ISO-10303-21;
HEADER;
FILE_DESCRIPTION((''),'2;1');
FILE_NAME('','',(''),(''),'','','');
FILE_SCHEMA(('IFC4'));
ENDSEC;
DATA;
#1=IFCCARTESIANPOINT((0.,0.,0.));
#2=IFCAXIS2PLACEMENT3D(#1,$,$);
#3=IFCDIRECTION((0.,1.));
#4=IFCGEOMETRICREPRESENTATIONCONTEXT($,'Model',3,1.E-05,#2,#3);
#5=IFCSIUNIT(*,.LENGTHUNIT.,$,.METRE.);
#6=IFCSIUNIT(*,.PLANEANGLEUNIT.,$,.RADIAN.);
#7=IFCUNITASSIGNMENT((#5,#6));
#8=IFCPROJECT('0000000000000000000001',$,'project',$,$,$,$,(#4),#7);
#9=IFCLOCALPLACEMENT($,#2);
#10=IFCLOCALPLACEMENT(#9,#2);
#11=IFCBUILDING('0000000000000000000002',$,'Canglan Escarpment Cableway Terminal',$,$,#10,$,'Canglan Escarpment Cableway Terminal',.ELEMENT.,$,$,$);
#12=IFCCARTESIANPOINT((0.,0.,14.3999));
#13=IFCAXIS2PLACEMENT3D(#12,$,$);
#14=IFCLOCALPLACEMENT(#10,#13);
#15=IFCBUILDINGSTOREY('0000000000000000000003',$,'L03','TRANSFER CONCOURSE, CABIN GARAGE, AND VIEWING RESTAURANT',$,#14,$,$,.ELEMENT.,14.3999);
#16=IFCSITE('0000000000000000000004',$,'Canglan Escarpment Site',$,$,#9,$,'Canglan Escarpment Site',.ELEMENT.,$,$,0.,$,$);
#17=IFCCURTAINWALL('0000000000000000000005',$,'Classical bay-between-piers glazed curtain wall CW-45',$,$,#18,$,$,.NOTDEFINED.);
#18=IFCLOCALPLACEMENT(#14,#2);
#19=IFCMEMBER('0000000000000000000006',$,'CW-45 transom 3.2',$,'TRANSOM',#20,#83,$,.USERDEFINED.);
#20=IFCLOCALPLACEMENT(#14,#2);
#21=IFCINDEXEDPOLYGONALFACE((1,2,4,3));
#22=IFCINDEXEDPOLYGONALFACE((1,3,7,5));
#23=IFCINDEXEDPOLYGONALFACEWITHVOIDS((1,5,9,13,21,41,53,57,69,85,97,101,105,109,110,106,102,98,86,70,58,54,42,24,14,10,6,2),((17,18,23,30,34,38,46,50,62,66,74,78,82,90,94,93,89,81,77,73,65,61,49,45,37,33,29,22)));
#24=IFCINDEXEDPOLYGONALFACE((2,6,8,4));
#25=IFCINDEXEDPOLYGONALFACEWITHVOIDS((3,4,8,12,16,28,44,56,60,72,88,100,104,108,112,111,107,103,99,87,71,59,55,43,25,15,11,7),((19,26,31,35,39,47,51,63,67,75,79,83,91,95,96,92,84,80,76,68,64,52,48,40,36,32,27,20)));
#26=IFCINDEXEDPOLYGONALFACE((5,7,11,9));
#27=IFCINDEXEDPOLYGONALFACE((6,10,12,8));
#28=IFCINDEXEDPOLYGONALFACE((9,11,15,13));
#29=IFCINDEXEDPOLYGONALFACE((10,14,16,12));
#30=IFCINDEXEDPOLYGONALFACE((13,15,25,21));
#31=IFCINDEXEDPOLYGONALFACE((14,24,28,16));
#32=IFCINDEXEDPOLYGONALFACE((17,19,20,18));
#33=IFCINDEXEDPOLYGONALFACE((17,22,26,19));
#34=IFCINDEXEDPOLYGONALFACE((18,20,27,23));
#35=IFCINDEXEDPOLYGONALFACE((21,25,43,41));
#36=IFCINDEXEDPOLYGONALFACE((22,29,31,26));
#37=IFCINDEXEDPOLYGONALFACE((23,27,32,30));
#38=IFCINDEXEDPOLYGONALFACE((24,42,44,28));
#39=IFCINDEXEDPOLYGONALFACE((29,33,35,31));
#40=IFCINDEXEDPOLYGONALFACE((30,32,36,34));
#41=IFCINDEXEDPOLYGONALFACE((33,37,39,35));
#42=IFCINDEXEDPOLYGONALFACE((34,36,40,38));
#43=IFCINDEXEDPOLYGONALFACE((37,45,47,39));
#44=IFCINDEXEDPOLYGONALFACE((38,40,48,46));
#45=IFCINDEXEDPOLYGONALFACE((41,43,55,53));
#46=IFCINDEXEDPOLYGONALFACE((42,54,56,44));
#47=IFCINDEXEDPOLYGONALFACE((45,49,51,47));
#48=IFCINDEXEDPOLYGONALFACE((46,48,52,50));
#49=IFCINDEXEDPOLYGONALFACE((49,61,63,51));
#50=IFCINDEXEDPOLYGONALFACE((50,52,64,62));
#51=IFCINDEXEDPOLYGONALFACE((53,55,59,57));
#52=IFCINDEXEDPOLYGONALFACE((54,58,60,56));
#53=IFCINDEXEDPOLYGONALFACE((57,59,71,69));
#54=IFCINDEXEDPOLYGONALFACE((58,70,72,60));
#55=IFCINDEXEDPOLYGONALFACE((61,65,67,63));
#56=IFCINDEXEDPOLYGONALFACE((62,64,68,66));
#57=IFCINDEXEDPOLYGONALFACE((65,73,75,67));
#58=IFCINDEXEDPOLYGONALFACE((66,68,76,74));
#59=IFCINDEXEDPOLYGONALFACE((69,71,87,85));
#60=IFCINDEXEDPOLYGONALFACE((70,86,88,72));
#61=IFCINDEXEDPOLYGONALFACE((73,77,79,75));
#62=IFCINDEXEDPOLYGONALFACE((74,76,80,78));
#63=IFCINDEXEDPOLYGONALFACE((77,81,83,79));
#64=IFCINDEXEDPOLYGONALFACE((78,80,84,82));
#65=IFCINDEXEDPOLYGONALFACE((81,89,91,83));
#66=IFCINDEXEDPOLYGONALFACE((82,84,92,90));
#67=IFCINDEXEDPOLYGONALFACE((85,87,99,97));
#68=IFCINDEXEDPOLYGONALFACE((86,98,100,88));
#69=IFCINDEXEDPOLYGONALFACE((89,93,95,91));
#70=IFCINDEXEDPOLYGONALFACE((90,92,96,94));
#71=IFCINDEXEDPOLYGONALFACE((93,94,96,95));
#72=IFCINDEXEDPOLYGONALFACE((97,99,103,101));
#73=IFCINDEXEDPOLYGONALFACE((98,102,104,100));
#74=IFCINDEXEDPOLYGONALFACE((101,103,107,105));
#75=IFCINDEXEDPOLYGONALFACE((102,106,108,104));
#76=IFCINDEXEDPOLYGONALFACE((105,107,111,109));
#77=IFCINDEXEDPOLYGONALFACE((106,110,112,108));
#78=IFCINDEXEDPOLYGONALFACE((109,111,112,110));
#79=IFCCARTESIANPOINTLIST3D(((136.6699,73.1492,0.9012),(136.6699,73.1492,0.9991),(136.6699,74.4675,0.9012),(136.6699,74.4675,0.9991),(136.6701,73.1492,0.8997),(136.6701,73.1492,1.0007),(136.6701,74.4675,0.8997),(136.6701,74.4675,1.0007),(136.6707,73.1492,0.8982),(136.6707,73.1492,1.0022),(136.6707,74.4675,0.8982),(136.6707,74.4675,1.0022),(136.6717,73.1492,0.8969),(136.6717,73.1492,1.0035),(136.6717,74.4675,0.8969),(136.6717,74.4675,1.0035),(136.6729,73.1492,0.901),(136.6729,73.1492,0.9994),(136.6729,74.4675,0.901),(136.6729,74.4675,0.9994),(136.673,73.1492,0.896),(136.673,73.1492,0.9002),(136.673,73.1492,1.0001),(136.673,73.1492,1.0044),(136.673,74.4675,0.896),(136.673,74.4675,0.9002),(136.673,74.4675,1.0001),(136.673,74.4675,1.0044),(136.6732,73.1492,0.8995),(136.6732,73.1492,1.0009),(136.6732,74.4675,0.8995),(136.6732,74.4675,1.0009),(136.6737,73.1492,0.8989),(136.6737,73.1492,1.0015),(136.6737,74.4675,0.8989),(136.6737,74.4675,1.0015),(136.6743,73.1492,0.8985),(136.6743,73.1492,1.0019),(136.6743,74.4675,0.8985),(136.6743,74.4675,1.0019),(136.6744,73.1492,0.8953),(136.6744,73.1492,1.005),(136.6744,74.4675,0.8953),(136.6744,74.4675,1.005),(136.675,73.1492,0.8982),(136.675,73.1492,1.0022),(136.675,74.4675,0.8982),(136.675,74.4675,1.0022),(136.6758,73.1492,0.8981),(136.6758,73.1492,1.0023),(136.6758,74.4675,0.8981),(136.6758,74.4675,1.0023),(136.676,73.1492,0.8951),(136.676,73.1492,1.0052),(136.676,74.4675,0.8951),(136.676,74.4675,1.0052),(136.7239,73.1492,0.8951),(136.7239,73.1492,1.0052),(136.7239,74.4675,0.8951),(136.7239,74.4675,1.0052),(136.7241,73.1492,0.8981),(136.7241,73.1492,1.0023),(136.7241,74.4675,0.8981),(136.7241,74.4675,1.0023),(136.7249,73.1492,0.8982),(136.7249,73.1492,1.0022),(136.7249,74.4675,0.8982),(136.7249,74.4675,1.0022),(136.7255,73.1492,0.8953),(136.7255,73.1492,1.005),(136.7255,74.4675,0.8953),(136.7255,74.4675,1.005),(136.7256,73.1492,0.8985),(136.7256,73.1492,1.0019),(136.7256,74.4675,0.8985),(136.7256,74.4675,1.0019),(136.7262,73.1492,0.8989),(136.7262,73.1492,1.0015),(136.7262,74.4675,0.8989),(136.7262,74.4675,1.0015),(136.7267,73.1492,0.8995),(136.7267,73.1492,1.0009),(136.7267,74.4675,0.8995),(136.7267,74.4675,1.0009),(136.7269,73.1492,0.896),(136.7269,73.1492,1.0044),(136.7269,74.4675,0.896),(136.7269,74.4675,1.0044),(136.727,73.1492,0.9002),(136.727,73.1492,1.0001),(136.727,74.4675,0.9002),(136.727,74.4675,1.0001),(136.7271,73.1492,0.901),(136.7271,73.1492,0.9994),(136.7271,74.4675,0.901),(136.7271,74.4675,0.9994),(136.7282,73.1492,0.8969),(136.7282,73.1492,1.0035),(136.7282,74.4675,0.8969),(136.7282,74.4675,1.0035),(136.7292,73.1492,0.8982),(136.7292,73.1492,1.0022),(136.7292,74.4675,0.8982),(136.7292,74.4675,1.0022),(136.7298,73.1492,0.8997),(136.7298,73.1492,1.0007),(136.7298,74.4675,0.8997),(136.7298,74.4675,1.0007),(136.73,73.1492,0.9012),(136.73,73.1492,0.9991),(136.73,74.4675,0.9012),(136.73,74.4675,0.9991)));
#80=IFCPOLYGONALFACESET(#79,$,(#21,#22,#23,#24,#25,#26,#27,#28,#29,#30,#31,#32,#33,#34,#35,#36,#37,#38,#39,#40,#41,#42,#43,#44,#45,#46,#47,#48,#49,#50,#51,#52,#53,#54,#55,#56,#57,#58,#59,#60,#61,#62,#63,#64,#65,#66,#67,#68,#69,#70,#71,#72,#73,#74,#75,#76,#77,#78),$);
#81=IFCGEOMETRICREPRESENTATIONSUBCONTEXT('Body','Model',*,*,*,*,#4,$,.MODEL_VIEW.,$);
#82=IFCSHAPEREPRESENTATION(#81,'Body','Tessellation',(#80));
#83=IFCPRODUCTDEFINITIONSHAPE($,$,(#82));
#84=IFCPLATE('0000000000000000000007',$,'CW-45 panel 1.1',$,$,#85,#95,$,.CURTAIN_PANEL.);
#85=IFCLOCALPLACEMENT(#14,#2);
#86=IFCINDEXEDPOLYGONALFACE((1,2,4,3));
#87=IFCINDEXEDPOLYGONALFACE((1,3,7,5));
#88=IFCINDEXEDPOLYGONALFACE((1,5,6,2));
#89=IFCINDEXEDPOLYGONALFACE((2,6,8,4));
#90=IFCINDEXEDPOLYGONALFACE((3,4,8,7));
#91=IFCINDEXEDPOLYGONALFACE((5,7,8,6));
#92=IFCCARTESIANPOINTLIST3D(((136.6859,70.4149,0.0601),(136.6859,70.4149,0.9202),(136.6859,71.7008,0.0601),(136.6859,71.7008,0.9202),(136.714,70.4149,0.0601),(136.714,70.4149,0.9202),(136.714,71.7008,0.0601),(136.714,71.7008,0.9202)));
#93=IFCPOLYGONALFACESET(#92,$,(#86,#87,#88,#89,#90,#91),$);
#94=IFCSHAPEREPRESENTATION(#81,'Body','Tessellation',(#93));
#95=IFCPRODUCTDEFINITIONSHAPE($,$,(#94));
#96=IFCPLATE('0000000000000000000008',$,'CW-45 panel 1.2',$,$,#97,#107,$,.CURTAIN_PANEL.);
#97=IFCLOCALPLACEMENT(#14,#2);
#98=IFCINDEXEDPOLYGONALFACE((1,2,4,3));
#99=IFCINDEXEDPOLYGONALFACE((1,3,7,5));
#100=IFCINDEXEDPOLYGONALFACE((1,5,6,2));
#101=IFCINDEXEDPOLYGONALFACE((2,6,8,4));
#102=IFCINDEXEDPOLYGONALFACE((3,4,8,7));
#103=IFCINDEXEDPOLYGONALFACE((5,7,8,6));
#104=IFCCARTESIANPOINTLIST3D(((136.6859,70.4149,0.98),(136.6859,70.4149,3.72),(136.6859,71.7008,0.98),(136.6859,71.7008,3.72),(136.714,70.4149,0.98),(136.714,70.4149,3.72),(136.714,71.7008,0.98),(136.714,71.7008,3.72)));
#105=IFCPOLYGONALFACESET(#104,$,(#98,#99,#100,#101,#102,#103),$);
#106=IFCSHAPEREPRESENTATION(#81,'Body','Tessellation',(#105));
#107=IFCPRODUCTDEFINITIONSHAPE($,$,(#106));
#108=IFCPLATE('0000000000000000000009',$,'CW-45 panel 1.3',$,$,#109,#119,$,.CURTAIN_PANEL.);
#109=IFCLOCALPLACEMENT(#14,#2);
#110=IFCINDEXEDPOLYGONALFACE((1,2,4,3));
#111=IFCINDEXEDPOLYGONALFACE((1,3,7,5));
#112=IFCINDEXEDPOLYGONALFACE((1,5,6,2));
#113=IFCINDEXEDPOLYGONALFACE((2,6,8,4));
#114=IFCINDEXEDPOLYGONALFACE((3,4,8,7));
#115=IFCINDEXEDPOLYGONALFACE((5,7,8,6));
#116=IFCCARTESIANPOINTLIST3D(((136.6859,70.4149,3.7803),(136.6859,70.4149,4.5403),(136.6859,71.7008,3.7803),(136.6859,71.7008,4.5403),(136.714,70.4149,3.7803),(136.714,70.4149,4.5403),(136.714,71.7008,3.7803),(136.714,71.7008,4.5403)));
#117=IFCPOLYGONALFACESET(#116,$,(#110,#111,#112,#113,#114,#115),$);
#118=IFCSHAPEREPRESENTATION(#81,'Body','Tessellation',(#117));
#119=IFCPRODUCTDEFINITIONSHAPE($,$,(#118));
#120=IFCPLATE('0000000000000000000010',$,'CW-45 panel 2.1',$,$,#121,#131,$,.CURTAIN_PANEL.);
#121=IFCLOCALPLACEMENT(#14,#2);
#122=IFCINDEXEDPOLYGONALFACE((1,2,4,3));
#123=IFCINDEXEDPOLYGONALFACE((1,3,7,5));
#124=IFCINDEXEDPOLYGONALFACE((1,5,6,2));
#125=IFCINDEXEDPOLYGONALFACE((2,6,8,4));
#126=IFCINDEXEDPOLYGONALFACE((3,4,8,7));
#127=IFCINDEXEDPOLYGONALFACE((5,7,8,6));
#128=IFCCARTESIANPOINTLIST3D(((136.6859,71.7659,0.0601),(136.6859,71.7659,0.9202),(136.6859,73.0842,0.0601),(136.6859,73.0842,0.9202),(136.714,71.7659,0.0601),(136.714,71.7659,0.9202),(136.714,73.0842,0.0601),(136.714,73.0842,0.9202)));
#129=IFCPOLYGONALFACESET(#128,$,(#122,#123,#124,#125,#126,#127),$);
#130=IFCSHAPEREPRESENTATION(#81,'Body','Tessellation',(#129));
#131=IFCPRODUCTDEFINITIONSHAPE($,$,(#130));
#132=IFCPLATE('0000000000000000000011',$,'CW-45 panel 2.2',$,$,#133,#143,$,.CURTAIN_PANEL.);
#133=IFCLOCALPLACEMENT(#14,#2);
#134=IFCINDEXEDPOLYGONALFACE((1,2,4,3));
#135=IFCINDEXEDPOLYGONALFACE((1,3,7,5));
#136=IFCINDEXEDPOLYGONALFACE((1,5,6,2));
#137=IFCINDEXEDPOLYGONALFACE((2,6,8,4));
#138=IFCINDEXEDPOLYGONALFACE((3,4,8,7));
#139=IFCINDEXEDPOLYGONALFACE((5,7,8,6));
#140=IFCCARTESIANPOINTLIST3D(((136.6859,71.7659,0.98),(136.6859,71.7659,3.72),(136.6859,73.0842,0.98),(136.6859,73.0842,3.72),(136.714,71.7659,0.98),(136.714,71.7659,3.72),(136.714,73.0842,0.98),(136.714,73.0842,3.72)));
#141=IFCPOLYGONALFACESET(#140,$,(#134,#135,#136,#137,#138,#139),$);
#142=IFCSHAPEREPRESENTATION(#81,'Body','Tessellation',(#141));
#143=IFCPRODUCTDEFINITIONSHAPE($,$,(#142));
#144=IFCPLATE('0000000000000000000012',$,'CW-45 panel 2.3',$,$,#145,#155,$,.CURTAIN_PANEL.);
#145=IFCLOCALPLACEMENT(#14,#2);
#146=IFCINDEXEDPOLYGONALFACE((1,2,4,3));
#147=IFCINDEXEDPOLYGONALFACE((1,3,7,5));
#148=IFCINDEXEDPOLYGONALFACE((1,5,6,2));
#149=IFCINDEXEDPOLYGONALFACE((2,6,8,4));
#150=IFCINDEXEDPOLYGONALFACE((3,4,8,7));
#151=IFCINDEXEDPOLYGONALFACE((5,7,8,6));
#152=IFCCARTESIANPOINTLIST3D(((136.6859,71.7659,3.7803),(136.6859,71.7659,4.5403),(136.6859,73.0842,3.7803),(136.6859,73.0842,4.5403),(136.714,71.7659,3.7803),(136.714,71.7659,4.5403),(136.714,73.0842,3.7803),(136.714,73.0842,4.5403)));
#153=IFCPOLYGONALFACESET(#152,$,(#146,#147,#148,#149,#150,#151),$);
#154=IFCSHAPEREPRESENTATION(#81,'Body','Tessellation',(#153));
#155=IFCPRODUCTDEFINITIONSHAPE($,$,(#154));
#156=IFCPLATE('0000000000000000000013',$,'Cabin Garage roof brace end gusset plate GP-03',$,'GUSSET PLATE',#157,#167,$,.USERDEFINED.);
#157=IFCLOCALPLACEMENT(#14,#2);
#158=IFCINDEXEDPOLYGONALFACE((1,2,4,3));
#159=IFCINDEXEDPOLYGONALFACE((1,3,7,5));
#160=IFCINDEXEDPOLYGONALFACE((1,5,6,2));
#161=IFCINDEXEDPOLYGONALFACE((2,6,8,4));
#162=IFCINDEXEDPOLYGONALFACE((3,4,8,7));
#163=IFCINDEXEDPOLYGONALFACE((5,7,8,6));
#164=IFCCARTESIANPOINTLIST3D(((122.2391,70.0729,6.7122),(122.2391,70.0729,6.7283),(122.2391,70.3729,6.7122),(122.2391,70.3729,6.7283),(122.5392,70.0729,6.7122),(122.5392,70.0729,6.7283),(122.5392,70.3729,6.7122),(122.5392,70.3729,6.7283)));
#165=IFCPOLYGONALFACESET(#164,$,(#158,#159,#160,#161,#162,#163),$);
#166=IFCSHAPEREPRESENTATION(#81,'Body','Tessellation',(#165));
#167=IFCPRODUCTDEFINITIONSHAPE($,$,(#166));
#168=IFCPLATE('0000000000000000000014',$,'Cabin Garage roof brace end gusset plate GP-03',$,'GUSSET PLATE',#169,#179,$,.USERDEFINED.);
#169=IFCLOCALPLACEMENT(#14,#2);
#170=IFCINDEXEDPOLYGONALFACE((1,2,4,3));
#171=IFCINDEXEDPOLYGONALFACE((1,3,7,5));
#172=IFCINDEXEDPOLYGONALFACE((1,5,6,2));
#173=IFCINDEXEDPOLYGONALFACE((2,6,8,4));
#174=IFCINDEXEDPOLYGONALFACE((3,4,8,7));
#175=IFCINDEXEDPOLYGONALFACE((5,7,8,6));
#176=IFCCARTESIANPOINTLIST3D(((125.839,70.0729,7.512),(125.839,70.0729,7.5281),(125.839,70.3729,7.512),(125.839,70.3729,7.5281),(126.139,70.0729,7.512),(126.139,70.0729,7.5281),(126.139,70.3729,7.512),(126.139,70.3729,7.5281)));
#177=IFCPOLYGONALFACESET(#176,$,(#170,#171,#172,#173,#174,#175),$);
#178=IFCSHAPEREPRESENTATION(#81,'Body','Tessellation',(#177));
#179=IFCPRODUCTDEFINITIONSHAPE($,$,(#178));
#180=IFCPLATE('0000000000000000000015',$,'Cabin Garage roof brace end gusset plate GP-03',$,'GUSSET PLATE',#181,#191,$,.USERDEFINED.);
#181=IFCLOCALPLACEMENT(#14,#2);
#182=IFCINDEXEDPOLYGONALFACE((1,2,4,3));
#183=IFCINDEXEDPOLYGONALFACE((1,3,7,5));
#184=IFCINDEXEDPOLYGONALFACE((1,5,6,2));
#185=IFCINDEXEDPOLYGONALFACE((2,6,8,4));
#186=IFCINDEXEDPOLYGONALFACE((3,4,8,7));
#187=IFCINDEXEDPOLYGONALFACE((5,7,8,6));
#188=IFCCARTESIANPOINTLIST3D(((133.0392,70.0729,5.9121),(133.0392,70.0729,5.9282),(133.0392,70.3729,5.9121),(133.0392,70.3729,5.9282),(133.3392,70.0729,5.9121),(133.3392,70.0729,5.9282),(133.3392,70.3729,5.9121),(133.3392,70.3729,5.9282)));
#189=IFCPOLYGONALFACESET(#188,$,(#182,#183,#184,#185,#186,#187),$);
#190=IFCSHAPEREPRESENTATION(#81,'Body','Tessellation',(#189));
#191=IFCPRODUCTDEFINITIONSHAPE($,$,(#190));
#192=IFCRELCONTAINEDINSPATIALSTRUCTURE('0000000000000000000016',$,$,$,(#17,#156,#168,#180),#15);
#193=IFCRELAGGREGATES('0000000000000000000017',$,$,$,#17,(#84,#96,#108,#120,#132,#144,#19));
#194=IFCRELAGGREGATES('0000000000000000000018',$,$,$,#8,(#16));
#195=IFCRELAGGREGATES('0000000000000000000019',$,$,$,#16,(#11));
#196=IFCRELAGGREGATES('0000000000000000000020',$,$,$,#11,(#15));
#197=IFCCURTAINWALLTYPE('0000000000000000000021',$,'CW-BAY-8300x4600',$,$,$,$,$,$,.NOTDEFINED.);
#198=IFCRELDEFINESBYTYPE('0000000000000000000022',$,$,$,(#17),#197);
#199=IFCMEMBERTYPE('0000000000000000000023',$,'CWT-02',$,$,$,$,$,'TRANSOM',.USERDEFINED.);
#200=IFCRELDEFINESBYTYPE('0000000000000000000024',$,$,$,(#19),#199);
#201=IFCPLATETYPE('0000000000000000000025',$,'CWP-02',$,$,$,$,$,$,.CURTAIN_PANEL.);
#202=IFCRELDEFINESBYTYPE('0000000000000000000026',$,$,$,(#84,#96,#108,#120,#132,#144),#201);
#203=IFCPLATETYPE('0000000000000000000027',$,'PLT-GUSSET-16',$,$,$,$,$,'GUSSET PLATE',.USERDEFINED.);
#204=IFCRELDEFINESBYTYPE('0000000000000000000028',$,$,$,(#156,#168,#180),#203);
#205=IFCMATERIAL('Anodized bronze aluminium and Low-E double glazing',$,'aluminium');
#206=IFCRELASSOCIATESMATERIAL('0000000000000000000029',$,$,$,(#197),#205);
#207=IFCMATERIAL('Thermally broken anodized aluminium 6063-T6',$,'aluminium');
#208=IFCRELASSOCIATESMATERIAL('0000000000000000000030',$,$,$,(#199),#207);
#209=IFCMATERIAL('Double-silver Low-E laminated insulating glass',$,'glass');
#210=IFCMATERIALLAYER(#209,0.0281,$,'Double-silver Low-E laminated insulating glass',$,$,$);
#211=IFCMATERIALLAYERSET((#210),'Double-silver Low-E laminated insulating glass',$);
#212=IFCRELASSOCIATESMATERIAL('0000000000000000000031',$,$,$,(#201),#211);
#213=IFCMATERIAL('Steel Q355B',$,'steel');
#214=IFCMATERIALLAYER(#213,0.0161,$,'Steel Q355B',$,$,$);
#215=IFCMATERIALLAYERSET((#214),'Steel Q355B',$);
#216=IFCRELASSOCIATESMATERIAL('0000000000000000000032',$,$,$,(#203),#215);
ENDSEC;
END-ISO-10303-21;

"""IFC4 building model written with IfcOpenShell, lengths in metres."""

from ifc_helpers import new_model, si_unit, direction, frame, origin, origin_2d, place, context, subcontext, project, spatial, rectangle, hollow_rectangle, extrude, material, layer, layer_set, material_profile, profile_set, type_object, element, aggregate, save


model = new_model("IFC4")

# Units and contexts
model_context = context("Model", 3, precision=1e-05, world=origin(), true_north=direction((0.0, 1.0)))
body_context = subcontext(model_context, "Body", "Model", "MODEL_VIEW")
ifc_project = project(units=[si_unit("LENGTHUNIT", "METRE"), si_unit("PLANEANGLEUNIT", "RADIAN")], contexts=[model_context])

# Site, building, storey
site_placement = place(None, origin())
site = spatial("IfcSite", under=ifc_project, at=site_placement, Name="Canglan Escarpment Site", LongName="Canglan Escarpment Site", CompositionType="ELEMENT", RefElevation=0.0)
building_placement = place(site_placement, origin())
building = spatial("IfcBuilding", under=site, at=building_placement, Name="Canglan Escarpment Cableway Terminal", LongName="Canglan Escarpment Cableway Terminal", CompositionType="ELEMENT")
storey_placement = place(building_placement, frame((0.0, 0.0, 14.3999)))
storey = spatial("IfcBuildingStorey", under=building, at=storey_placement, Name="L03", Description="TRANSFER CONCOURSE, CABIN GARAGE, AND VIEWING RESTAURANT", CompositionType="ELEMENT", Elevation=14.3999)

# Curtain wall, member, plates
ifc_material_1 = material(Name="Anodized bronze aluminium and Low-E double glazing", Category="aluminium")
curtain_wall_type = type_object("IfcCurtainWallType", Name="CW-BAY-8300x4600", PredefinedType="NOTDEFINED", material=ifc_material_1)
curtain_wall_placement = place(storey_placement, origin())
curtain_wall = element("IfcCurtainWall", 1, at=curtain_wall_placement, inside=storey, type_object=curtain_wall_type, Name="Classical bay-between-piers glazed curtain wall CW-45", PredefinedType="NOTDEFINED")
ifc_material_2 = material(Name="Thermally broken anodized aluminium 6063-T6", Category="aluminium")
ifc_material_profile_1 = material_profile(ifc_material_2, hollow_rectangle(XDim=0.0601, YDim=0.1101, WallThickness=0.0029, InnerFilletRadius=0.0029, OuterFilletRadius=0.0061, at=origin_2d()), Name="ALU-TRAN 60x110x3")
ifc_profile_set_1 = profile_set([ifc_material_profile_1], Name="Thermally broken anodized aluminium 6063-T6")
member_type_1 = type_object("IfcMemberType", Name="CWT-02", ElementType="TRANSOM", PredefinedType="USERDEFINED", material=ifc_profile_set_1)
member_1_placement = place(storey_placement, frame((136.7, 73.1492, 0.9502), z_axis=(0.0, 1.0, 0.0), x_axis=(-1.0, 0.0, 0.0)))
member_1 = element("IfcMember", 2, at=member_1_placement, type_object=member_type_1, Name="CW-45 transom 3.2", ObjectType="TRANSOM", PredefinedType="USERDEFINED", context=body_context, shape_type="SweptSolid", body=[
    extrude(hollow_rectangle(XDim=0.0601, YDim=0.1101, WallThickness=0.0029, InnerFilletRadius=0.0029, OuterFilletRadius=0.0061, at=origin_2d()), origin(), (0.0, 0.0, 1.0), 1.3184),
])
ifc_material_3 = material(Name="Double-silver Low-E laminated insulating glass", Category="glass")
ifc_layer_1 = layer(ifc_material_3, 0.0281, Name="Double-silver Low-E laminated insulating glass")
ifc_layer_set_1 = layer_set([ifc_layer_1], Name="Double-silver Low-E laminated insulating glass")
plate_type_1 = type_object("IfcPlateType", Name="CWP-02", PredefinedType="CURTAIN_PANEL", material=ifc_layer_set_1)
plate_1_placement = place(storey_placement, frame((136.7, 71.0579, 0.0601), z_axis=(0.0, 0.0, 1.0), x_axis=(0.0, 1.0, 0.0)))
plate_1 = element("IfcPlate", 3, at=plate_1_placement, type_object=plate_type_1, Name="CW-45 panel 1.1", PredefinedType="CURTAIN_PANEL", context=body_context, shape_type="SweptSolid", body=[
    extrude(rectangle(XDim=1.2859, YDim=0.0281, at=origin_2d()), origin(), (0.0, 0.0, 1.0), 0.8601),
])
plate_2_placement = place(storey_placement, frame((136.7, 71.0579, 0.98), z_axis=(0.0, 0.0, 1.0), x_axis=(0.0, 1.0, 0.0)))
plate_2 = element("IfcPlate", 4, at=plate_2_placement, type_object=plate_type_1, Name="CW-45 panel 1.2", PredefinedType="CURTAIN_PANEL", context=body_context, shape_type="SweptSolid", body=[
    extrude(rectangle(XDim=1.2859, YDim=0.0281, at=origin_2d()), origin(), (0.0, 0.0, 1.0), 2.74),
])
plate_3_placement = place(storey_placement, frame((136.7, 71.0579, 3.7803), z_axis=(0.0, 0.0, 1.0), x_axis=(0.0, 1.0, 0.0)))
plate_3 = element("IfcPlate", 5, at=plate_3_placement, type_object=plate_type_1, Name="CW-45 panel 1.3", PredefinedType="CURTAIN_PANEL", context=body_context, shape_type="SweptSolid", body=[
    extrude(rectangle(XDim=1.2859, YDim=0.0281, at=origin_2d()), origin(), (0.0, 0.0, 1.0), 0.76),
])
plate_4_placement = place(storey_placement, frame((136.7, 72.425, 0.0601), z_axis=(0.0, 0.0, 1.0), x_axis=(0.0, 1.0, 0.0)))
plate_4 = element("IfcPlate", 6, at=plate_4_placement, type_object=plate_type_1, Name="CW-45 panel 2.1", PredefinedType="CURTAIN_PANEL", context=body_context, shape_type="SweptSolid", body=[
    extrude(rectangle(XDim=1.3184, YDim=0.0281, at=origin_2d()), origin(), (0.0, 0.0, 1.0), 0.8601),
])
plate_5_placement = place(storey_placement, frame((136.7, 72.425, 0.98), z_axis=(0.0, 0.0, 1.0), x_axis=(0.0, 1.0, 0.0)))
plate_5 = element("IfcPlate", 7, at=plate_5_placement, type_object=plate_type_1, Name="CW-45 panel 2.2", PredefinedType="CURTAIN_PANEL", context=body_context, shape_type="SweptSolid", body=[
    extrude(rectangle(XDim=1.3184, YDim=0.0281, at=origin_2d()), origin(), (0.0, 0.0, 1.0), 2.74),
])
plate_6_placement = place(storey_placement, frame((136.7, 72.425, 3.7803), z_axis=(0.0, 0.0, 1.0), x_axis=(0.0, 1.0, 0.0)))
plate_6 = element("IfcPlate", 8, at=plate_6_placement, type_object=plate_type_1, Name="CW-45 panel 2.3", PredefinedType="CURTAIN_PANEL", context=body_context, shape_type="SweptSolid", body=[
    extrude(rectangle(XDim=1.3184, YDim=0.0281, at=origin_2d()), origin(), (0.0, 0.0, 1.0), 0.76),
])
aggregate(curtain_wall, [plate_1, plate_2, plate_3, plate_4, plate_5, plate_6, member_1])

# Plates
ifc_material_4 = material(Name="Steel Q355B", Category="steel")
ifc_layer_2 = layer(ifc_material_4, 0.0161, Name="Steel Q355B")
ifc_layer_set_2 = layer_set([ifc_layer_2], Name="Steel Q355B")
plate_type_2 = type_object("IfcPlateType", Name="PLT-GUSSET-16", ElementType="GUSSET PLATE", PredefinedType="USERDEFINED", material=ifc_layer_set_2)
for number, where, z_axis, x_axis, name in (
    (9, (122.3892, 70.2229, 6.7122), (0.0, 0.0, 1.0), (1.0, 0.0, 0.0), "Cabin Garage roof brace end gusset plate GP-03"),
    (10, (125.989, 70.2229, 7.512), (0.0, 0.0, 1.0), (1.0, 0.0, 0.0), "Cabin Garage roof brace end gusset plate GP-03"),
    (11, (133.1892, 70.2229, 5.9121), (0.0, 0.0, 1.0), (1.0, 0.0, 0.0), "Cabin Garage roof brace end gusset plate GP-03"),
):
    element("IfcPlate", number, at=place(storey_placement, frame(where, z_axis=z_axis, x_axis=x_axis)), inside=storey, type_object=plate_type_2, Name=name, ObjectType="GUSSET PLATE", PredefinedType="USERDEFINED", context=body_context, shape_type="SweptSolid", body=[
        extrude(rectangle(XDim=0.3, YDim=0.3, at=origin_2d()), origin(), (0.0, 0.0, 1.0), 0.0161),
    ])

save(model, "model.ifc")
